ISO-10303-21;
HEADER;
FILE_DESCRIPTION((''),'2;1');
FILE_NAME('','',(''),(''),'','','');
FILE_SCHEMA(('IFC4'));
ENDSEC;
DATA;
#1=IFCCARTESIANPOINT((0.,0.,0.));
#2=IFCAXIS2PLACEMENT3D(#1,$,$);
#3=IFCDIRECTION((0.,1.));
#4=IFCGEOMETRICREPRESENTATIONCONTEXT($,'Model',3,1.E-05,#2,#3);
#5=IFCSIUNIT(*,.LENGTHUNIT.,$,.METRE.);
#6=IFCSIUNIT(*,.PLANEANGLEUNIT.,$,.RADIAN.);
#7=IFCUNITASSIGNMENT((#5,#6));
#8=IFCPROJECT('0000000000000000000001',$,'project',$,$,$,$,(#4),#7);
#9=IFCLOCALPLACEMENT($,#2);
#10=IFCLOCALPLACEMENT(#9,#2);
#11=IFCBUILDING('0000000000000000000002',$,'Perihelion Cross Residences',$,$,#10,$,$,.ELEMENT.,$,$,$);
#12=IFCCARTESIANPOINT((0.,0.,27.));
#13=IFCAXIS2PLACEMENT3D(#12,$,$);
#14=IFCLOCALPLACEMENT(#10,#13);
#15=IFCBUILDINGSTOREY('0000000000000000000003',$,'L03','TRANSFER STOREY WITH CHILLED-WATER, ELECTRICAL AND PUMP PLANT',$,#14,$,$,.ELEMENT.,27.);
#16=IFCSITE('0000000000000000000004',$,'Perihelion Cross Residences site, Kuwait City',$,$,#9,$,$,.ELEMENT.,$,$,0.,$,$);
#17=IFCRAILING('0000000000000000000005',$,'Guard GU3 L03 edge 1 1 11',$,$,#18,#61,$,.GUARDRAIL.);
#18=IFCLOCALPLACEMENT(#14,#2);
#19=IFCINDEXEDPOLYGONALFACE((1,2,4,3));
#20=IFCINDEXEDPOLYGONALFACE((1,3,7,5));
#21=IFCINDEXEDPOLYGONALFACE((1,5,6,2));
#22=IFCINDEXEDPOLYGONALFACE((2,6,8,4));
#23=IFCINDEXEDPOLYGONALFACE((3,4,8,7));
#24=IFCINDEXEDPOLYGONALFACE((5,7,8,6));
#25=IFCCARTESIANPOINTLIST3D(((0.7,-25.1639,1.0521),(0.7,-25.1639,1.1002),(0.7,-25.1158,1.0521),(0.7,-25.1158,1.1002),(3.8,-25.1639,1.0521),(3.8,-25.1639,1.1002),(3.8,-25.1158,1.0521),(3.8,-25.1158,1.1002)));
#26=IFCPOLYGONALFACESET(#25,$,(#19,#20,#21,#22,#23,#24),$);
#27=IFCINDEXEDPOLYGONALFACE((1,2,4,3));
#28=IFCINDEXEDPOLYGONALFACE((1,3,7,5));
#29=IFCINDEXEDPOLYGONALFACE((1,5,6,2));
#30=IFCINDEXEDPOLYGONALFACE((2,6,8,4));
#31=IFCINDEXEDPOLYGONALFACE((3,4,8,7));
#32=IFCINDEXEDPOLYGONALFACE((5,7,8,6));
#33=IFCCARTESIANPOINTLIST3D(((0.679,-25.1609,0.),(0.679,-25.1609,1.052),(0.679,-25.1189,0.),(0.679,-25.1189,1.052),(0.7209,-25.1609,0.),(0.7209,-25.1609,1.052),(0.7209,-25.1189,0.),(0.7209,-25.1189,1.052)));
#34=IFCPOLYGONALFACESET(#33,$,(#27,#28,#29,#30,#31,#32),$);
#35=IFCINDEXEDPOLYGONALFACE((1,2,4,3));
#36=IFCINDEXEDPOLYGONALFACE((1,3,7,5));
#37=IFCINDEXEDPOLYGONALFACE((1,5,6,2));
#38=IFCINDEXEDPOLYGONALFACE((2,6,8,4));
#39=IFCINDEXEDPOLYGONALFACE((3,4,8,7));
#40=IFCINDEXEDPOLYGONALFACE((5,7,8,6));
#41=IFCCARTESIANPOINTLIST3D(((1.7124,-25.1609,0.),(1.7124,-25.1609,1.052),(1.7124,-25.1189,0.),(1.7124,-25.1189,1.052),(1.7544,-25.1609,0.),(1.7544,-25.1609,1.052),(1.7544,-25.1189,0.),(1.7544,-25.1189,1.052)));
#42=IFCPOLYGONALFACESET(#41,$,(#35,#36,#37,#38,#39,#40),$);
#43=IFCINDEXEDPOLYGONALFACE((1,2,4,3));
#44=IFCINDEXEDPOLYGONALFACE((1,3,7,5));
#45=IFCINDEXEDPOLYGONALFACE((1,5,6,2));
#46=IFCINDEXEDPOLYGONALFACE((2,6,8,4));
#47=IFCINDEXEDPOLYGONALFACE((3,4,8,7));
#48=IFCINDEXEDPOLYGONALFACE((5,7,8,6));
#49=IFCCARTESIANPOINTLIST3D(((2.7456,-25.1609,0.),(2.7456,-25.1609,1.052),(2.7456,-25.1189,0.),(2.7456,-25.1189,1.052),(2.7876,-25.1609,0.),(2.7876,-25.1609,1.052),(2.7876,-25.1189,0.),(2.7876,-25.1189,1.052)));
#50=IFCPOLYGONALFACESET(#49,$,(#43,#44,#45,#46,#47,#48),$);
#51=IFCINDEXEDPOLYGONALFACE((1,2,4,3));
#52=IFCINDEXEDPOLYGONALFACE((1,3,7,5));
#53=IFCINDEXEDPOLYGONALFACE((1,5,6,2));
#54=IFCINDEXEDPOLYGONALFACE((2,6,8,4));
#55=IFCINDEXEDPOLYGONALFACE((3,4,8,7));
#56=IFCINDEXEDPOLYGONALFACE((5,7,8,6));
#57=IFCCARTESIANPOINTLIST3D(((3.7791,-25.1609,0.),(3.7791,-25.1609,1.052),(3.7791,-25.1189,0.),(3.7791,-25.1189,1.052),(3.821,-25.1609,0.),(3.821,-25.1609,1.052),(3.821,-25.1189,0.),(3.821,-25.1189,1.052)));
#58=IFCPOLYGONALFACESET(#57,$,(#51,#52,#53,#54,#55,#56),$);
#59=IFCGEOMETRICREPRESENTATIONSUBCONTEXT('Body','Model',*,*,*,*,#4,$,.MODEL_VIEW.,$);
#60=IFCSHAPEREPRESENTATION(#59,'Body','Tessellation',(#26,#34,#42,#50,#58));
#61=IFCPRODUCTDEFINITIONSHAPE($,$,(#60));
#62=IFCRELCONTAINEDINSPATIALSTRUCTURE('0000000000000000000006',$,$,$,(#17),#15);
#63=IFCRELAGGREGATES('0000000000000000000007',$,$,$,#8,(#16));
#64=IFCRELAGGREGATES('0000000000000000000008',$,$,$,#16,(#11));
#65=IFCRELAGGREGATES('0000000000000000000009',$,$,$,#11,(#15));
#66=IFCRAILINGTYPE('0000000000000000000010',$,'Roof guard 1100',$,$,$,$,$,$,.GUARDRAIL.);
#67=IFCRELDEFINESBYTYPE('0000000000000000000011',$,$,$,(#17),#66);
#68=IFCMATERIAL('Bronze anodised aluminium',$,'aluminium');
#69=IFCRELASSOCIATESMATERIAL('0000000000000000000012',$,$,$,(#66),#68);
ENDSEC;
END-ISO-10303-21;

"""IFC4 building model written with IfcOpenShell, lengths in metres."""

from ifc_helpers import new_model, si_unit, direction, frame, origin, origin_2d, place, context, subcontext, project, spatial, rectangle, extrude, material, type_object, element, save


model = new_model("IFC4")

# Units and contexts
model_context = context("Model", 3, precision=1e-05, world=origin(), true_north=direction((0.0, 1.0)))
body_context = subcontext(model_context, "Body", "Model", "MODEL_VIEW")
ifc_project = project(units=[si_unit("LENGTHUNIT", "METRE"), si_unit("PLANEANGLEUNIT", "RADIAN")], contexts=[model_context])

# Site, building, storey
site_placement = place(None, origin())
site = spatial("IfcSite", under=ifc_project, at=site_placement, Name="Perihelion Cross Residences site, Kuwait City", CompositionType="ELEMENT", RefElevation=0.0)
building_placement = place(site_placement, origin())
building = spatial("IfcBuilding", under=site, at=building_placement, Name="Perihelion Cross Residences", CompositionType="ELEMENT")
storey_placement = place(building_placement, frame((0.0, 0.0, 27.0)))
storey = spatial("IfcBuildingStorey", under=building, at=storey_placement, Name="L03", Description="TRANSFER STOREY WITH CHILLED-WATER, ELECTRICAL AND PUMP PLANT", CompositionType="ELEMENT", Elevation=27.0)

# Railing
ifc_material_1 = material(Name="Bronze anodised aluminium", Category="aluminium")
railing_type = type_object("IfcRailingType", Name="Roof guard 1100", PredefinedType="GUARDRAIL", material=ifc_material_1)
railing_placement = place(storey_placement, frame((0.7, -25.1399, 0.0)))
element("IfcRailing", 1, at=railing_placement, inside=storey, type_object=railing_type, Name="Guard GU3 L03 edge 1 1 11", PredefinedType="GUARDRAIL", context=body_context, shape_type="SweptSolid", body=[
    extrude(rectangle(XDim=0.0481, YDim=0.0481, at=origin_2d()), frame((0.0, 0.0, 1.0762), z_axis=(1.0, 0.0, 0.0), x_axis=(0.0, 1.0, 0.0)), (0.0, 0.0, 1.0), 3.1001),
    extrude(rectangle(XDim=0.042, YDim=0.042, at=origin_2d()), origin(), (0.0, 0.0, 1.0), 1.052),
    extrude(rectangle(XDim=0.042, YDim=0.042, at=origin_2d()), frame((1.0334, 0.0, 0.0)), (0.0, 0.0, 1.0), 1.052),
    extrude(rectangle(XDim=0.042, YDim=0.042, at=origin_2d()), frame((2.0667, 0.0, 0.0)), (0.0, 0.0, 1.0), 1.052),
    extrude(rectangle(XDim=0.042, YDim=0.042, at=origin_2d()), frame((3.1001, 0.0, 0.0)), (0.0, 0.0, 1.0), 1.052),
])

save(model, "model.ifc")
